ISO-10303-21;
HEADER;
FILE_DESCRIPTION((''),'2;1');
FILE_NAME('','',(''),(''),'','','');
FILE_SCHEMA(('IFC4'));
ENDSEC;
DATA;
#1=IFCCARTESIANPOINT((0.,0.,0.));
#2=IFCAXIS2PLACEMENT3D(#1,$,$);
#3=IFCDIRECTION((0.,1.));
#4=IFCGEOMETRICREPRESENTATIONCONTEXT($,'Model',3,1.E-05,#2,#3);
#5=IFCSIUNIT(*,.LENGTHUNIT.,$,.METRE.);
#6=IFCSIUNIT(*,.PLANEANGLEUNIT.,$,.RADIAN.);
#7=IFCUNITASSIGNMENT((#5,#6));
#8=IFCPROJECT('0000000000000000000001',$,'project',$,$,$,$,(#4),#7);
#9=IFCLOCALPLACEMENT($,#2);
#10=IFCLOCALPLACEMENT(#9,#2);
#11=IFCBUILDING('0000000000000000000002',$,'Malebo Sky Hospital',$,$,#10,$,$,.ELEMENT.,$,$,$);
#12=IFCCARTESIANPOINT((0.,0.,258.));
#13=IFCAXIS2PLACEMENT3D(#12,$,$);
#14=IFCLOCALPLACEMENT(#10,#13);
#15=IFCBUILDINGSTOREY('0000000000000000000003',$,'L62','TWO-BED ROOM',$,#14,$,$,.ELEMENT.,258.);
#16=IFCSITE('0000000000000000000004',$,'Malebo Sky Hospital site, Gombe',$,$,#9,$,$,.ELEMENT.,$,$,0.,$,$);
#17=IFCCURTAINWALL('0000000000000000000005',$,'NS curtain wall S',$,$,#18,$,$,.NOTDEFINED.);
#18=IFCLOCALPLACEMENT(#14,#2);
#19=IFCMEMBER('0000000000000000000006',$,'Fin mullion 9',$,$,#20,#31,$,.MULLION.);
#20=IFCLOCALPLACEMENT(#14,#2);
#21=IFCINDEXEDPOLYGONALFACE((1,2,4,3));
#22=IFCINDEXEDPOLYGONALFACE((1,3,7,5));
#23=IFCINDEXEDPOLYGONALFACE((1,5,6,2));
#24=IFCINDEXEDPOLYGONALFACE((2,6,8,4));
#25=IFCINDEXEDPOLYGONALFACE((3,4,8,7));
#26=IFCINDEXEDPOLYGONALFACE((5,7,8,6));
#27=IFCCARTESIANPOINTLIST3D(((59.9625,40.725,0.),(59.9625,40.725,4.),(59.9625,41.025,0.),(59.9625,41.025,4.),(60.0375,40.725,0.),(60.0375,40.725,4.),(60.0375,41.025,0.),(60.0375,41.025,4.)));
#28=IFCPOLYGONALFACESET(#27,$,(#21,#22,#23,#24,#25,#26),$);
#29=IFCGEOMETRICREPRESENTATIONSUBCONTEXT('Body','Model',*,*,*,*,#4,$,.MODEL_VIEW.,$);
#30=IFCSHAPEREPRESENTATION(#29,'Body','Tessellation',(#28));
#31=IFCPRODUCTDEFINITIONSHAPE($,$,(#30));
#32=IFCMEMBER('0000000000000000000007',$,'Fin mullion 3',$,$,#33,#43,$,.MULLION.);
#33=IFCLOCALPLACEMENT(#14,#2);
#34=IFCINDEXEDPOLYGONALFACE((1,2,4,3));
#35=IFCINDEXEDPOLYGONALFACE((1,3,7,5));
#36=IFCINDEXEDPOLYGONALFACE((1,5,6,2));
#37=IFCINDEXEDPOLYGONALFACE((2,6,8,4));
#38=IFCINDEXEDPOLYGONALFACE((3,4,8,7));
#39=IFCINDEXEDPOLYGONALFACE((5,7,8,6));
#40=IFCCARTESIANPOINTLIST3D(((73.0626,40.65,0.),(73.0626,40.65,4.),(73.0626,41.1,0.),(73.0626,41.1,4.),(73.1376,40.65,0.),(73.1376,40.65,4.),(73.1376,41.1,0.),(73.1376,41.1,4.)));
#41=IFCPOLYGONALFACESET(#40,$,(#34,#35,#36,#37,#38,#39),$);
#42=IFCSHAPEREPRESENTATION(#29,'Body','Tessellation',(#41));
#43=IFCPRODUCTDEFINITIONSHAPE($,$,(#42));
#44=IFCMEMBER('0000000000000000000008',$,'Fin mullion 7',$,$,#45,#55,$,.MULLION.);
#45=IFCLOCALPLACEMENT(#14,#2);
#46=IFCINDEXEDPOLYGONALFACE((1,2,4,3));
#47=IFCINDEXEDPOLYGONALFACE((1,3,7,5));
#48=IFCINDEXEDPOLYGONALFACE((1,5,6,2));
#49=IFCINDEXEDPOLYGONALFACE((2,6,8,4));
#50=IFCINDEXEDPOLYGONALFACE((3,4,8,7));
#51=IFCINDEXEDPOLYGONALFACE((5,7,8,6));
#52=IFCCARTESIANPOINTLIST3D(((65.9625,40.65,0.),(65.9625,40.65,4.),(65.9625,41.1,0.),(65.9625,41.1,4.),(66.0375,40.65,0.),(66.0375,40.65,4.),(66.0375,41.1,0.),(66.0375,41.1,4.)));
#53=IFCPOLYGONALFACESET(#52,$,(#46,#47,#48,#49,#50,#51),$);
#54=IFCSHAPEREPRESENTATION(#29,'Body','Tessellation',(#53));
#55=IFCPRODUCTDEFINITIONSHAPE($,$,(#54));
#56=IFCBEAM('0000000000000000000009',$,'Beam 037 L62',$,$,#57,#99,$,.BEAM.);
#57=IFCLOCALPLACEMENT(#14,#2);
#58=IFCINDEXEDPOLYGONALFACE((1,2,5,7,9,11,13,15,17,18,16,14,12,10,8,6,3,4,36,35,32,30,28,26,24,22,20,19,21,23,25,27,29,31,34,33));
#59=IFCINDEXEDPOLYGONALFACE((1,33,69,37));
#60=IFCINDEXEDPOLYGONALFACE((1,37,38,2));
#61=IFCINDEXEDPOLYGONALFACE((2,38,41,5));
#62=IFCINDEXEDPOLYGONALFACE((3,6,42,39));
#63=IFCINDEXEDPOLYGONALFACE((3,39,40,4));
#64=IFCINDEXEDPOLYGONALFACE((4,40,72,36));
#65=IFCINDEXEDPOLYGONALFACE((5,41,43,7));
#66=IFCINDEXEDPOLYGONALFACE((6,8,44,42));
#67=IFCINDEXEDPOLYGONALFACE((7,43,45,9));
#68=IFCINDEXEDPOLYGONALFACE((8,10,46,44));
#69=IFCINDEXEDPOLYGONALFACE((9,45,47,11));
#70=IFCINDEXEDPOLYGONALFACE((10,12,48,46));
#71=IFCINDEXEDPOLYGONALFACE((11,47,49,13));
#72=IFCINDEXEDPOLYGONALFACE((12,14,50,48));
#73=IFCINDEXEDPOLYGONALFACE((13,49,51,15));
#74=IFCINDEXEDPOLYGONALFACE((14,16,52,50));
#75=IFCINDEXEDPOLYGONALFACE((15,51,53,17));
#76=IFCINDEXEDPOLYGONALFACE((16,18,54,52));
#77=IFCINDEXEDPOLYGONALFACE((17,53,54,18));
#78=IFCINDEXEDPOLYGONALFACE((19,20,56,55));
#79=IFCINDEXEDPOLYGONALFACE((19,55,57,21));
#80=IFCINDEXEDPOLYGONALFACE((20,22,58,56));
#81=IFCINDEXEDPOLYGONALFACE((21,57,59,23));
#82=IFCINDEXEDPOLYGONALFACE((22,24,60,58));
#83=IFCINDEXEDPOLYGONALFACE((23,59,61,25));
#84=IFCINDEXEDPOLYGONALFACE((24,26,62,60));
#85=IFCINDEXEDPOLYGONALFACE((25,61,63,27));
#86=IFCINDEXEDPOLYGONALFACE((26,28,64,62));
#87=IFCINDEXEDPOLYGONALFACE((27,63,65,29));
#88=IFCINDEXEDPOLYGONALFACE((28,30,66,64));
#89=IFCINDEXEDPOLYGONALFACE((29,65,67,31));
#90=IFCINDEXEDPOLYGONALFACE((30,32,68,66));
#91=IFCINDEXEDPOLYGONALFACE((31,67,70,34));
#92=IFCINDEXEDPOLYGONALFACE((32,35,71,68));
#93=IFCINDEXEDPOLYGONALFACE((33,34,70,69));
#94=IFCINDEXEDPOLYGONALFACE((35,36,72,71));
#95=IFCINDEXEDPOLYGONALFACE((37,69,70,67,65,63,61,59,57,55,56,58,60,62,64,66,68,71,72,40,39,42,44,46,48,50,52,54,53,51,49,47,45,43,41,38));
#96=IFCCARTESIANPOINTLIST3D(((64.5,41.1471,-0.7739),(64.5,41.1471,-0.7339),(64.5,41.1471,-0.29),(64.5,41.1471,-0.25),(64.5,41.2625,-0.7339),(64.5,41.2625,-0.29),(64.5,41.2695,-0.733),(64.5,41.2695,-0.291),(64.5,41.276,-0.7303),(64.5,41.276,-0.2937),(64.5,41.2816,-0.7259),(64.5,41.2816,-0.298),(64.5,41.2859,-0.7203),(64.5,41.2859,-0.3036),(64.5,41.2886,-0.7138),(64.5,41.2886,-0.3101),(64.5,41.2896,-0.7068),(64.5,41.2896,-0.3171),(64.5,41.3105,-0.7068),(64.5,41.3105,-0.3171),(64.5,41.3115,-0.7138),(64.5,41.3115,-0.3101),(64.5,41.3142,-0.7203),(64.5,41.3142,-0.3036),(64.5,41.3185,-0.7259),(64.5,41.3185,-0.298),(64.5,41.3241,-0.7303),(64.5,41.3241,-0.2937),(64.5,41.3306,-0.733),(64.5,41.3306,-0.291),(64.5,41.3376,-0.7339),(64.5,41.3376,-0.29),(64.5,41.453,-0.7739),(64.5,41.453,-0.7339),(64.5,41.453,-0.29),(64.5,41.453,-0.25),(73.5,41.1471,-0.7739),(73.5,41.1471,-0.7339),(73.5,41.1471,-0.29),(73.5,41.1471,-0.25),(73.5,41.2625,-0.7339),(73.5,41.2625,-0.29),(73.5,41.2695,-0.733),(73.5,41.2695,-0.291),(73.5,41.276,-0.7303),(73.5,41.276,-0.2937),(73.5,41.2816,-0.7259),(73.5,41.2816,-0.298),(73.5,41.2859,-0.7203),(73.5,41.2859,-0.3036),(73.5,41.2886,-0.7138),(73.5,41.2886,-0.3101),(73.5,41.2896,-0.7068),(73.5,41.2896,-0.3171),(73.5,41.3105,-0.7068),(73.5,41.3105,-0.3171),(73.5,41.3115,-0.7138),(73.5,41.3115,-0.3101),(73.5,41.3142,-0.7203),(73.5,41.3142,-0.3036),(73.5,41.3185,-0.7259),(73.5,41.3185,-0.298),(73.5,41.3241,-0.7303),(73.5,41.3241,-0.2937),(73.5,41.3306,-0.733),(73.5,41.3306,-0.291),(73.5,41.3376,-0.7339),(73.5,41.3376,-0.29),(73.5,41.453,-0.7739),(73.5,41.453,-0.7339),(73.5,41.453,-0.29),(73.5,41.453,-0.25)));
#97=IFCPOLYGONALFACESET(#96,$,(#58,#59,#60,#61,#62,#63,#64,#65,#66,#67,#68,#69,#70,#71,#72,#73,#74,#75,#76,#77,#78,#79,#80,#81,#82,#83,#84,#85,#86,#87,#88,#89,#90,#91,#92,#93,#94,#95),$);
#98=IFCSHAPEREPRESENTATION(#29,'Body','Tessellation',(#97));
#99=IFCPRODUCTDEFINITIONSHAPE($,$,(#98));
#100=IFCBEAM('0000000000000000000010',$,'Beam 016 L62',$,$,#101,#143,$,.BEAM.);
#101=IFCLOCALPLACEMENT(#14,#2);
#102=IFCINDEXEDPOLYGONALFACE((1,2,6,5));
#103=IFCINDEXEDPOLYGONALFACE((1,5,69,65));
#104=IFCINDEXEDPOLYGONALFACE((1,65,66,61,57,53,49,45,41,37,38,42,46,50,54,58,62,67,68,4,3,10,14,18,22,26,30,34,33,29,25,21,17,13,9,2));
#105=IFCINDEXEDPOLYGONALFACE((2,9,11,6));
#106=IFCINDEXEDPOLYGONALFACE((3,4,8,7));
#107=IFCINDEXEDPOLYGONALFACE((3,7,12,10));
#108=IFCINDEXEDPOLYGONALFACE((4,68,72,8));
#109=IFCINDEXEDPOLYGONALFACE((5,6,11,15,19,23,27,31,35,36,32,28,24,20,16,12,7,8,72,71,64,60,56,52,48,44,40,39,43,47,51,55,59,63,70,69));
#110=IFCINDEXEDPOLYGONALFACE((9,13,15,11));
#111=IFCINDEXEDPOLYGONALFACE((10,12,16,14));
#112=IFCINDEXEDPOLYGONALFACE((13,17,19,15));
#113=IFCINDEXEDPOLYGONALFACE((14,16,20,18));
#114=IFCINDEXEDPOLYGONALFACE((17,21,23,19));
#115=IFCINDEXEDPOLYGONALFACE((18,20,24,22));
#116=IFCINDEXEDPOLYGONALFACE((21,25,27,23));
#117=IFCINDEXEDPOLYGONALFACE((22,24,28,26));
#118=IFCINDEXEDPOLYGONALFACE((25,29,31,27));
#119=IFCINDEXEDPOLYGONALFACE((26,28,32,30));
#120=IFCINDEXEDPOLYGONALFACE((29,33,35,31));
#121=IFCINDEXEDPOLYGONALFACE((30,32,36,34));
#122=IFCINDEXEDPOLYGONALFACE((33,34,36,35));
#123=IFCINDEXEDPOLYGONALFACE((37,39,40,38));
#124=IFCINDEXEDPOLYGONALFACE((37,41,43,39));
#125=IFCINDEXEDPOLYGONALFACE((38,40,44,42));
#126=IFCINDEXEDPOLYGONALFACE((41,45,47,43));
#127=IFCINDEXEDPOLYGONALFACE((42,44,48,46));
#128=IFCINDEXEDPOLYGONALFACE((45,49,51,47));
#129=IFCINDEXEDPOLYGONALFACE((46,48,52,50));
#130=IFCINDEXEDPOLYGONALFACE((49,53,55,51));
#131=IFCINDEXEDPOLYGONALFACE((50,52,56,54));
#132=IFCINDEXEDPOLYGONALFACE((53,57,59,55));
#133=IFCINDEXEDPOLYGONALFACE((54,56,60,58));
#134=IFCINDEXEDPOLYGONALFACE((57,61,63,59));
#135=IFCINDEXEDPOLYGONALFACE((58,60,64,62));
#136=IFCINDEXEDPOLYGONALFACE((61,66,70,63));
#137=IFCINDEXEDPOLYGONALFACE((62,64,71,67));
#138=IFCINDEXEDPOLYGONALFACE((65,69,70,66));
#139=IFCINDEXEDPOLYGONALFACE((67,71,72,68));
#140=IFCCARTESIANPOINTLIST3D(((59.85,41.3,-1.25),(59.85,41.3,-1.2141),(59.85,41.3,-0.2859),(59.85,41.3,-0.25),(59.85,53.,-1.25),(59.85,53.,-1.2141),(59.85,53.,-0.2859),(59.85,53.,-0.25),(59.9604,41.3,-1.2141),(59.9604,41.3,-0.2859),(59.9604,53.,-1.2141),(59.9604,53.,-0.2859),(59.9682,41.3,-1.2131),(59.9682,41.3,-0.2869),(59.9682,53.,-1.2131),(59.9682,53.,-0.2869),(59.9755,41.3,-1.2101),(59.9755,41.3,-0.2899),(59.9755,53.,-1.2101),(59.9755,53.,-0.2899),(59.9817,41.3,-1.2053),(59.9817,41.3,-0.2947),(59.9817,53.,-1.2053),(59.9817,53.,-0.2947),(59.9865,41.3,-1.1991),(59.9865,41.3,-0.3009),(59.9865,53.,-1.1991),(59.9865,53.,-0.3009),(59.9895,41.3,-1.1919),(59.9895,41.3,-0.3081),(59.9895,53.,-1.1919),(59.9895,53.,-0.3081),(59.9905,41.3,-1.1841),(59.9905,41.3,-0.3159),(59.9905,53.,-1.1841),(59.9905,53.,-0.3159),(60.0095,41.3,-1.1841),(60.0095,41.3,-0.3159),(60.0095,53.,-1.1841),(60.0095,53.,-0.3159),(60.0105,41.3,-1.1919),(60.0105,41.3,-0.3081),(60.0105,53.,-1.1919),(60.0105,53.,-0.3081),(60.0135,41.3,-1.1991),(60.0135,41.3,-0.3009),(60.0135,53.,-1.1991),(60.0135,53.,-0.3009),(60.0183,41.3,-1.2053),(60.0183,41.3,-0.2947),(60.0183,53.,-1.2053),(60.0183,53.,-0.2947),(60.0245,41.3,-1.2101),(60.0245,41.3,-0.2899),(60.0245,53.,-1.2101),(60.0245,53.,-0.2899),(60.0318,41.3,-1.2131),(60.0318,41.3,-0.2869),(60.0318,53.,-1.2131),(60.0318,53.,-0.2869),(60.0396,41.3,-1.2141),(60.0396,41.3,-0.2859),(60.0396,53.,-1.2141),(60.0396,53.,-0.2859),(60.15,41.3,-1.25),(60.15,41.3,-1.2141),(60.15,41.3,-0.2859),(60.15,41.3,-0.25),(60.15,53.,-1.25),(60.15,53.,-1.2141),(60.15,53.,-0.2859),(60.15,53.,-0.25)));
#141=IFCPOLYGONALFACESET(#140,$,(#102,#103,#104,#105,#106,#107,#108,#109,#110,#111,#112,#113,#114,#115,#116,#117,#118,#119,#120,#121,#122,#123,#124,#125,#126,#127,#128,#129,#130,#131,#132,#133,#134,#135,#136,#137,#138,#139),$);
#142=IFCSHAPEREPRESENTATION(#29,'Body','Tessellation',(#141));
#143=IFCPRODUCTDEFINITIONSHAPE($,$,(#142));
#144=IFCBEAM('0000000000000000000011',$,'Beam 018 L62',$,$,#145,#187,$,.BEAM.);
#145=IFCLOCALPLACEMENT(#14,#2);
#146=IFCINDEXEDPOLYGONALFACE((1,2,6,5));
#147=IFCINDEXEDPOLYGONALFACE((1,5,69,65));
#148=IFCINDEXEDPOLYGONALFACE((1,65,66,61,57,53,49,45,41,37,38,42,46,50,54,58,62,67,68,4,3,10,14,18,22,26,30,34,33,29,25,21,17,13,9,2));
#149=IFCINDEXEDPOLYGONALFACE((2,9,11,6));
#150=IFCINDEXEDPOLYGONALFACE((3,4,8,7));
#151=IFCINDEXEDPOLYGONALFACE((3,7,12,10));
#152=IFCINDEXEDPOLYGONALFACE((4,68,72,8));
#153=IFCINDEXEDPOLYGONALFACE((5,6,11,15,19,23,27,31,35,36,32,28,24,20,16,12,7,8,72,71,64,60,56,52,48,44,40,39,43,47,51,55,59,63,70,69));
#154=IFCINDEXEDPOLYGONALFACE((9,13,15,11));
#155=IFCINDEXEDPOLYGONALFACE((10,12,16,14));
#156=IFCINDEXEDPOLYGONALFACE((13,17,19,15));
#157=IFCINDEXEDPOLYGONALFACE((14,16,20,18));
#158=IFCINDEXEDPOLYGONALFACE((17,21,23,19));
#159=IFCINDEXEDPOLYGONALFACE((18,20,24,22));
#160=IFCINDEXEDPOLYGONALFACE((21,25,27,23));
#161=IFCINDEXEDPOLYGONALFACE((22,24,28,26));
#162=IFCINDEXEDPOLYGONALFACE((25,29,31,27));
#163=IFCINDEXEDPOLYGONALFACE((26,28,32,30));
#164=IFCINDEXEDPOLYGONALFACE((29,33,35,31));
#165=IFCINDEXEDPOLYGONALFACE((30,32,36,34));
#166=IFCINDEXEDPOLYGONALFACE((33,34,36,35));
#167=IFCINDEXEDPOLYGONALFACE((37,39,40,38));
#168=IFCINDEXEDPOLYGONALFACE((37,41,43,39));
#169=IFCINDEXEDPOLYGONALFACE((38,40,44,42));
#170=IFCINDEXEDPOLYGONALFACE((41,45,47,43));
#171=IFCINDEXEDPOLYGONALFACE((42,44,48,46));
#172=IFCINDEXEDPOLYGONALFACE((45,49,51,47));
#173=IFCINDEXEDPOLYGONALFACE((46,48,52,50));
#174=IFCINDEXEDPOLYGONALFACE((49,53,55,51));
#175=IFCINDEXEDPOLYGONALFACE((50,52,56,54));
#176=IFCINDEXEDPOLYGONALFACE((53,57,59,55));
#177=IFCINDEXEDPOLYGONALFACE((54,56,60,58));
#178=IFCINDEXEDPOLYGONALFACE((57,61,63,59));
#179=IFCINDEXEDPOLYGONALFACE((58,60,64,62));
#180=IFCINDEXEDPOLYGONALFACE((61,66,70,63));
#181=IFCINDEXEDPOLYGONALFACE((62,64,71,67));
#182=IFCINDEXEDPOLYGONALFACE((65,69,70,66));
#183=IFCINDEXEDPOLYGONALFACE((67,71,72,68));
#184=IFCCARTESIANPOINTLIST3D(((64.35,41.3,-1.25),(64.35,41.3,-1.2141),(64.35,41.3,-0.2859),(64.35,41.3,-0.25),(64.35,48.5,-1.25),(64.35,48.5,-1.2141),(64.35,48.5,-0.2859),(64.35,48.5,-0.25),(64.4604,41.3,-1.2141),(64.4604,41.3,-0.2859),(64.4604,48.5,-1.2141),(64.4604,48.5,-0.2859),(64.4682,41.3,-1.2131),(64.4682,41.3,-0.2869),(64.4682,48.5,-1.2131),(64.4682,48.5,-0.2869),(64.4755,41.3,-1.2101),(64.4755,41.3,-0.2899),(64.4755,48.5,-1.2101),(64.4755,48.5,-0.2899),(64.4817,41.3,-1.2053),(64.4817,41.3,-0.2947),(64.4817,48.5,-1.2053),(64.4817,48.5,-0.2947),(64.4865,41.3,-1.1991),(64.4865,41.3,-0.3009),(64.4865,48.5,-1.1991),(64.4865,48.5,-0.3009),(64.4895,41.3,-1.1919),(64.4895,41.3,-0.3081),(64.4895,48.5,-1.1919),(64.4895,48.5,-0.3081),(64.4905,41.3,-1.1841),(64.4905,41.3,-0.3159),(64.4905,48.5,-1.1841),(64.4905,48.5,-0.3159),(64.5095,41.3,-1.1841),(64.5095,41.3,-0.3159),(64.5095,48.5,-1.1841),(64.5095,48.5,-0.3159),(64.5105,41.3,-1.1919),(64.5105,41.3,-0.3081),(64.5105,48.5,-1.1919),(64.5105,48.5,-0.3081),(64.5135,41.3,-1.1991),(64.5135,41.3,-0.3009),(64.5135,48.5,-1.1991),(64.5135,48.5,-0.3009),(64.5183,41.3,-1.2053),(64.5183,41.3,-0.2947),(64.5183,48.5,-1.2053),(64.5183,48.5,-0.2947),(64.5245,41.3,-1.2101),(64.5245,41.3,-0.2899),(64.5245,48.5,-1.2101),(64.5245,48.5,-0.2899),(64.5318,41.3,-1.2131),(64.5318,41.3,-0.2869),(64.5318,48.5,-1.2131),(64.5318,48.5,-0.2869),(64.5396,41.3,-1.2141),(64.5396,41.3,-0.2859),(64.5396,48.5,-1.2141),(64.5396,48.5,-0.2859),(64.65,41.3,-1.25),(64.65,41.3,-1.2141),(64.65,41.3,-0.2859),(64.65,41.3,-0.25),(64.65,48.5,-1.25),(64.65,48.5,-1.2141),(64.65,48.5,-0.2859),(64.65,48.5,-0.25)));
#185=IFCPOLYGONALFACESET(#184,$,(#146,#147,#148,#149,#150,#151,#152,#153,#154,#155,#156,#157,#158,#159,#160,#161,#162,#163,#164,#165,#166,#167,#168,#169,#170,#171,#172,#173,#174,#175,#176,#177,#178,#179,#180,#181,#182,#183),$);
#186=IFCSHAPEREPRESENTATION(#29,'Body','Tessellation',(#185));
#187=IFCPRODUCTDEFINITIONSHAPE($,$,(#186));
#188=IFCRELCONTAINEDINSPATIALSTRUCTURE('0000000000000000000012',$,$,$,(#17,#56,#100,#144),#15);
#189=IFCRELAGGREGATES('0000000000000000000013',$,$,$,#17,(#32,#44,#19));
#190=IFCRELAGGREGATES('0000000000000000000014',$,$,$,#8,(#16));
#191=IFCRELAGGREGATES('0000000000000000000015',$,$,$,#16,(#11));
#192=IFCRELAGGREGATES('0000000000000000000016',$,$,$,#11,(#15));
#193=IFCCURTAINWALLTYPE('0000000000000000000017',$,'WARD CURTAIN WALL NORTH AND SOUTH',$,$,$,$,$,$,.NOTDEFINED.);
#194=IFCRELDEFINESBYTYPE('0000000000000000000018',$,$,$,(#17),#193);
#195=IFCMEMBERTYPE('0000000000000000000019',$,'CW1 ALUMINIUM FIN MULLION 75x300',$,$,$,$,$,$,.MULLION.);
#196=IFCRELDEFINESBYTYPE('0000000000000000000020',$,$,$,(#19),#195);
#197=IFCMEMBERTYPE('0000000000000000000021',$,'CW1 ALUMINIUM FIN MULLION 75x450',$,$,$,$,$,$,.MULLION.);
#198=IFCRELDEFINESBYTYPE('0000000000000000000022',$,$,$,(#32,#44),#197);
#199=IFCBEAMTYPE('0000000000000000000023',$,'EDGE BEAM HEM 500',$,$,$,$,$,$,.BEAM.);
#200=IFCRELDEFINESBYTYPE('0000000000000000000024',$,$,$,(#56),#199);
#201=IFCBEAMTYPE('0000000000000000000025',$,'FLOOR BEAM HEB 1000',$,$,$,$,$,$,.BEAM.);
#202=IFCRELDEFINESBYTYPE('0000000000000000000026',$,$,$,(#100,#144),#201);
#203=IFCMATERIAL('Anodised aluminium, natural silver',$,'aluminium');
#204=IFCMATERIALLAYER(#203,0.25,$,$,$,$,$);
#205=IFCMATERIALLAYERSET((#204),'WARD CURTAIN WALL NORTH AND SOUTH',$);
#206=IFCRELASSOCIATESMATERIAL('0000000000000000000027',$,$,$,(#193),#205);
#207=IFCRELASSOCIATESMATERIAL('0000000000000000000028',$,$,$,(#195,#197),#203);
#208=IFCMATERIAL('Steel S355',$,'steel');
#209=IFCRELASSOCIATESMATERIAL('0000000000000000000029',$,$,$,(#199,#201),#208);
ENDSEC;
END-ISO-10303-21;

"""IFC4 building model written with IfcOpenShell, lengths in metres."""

from ifc_helpers import new_model, si_unit, direction, frame, origin, origin_2d, place, context, subcontext, project, spatial, rectangle, i_section, extrude, material, layer, layer_set, material_profile, profile_set, type_object, element, aggregate, save


model = new_model("IFC4")

# Units and contexts
model_context = context("Model", 3, precision=1e-05, world=origin(), true_north=direction((0.0, 1.0)))
body_context = subcontext(model_context, "Body", "Model", "MODEL_VIEW")
ifc_project = project(units=[si_unit("LENGTHUNIT", "METRE"), si_unit("PLANEANGLEUNIT", "RADIAN")], contexts=[model_context])

# Site, building, storey
site_placement = place(None, origin())
site = spatial("IfcSite", under=ifc_project, at=site_placement, Name="Malebo Sky Hospital site, Gombe", CompositionType="ELEMENT", RefElevation=0.0)
building_placement = place(site_placement, origin())
building = spatial("IfcBuilding", under=site, at=building_placement, Name="Malebo Sky Hospital", CompositionType="ELEMENT")
storey_placement = place(building_placement, frame((0.0, 0.0, 258.0)))
storey = spatial("IfcBuildingStorey", under=building, at=storey_placement, Name="L62", Description="TWO-BED ROOM", CompositionType="ELEMENT", Elevation=258.0)

# Curtain wall
ifc_material_1 = material(Name="Anodised aluminium, natural silver", Category="aluminium")
ifc_layer_1 = layer(ifc_material_1, 0.25)
ifc_layer_set_1 = layer_set([ifc_layer_1], Name="WARD CURTAIN WALL NORTH AND SOUTH")
curtain_wall_type = type_object("IfcCurtainWallType", Name="WARD CURTAIN WALL NORTH AND SOUTH", PredefinedType="NOTDEFINED", material=ifc_layer_set_1)
curtain_wall_placement = place(storey_placement, origin())
curtain_wall = element("IfcCurtainWall", 1, at=curtain_wall_placement, inside=storey, type_object=curtain_wall_type, Name="NS curtain wall S", PredefinedType="NOTDEFINED")

# Members
ifc_material_2 = material(Name="Steel S355", Category="steel")
ifc_material_profile_1 = material_profile(ifc_material_1, rectangle(XDim=0.075, YDim=0.3, at=origin_2d()), Name="CW1 ALUMINIUM FIN MULLION 75x300")
ifc_profile_set_1 = profile_set([ifc_material_profile_1], Name="Anodised aluminium, natural silver")
member_type_1 = type_object("IfcMemberType", Name="CW1 ALUMINIUM FIN MULLION 75x300", PredefinedType="MULLION", material=ifc_profile_set_1)
member_1_placement = place(storey_placement, frame((60.0, 40.875, 0.0), z_axis=(0.0, 0.0, 1.0), x_axis=(-1.0, 0.0, 0.0)))
member_1 = element("IfcMember", 2, at=member_1_placement, type_object=member_type_1, Name="Fin mullion 9", PredefinedType="MULLION", context=body_context, shape_type="SweptSolid", body=[
    extrude(rectangle(XDim=0.075, YDim=0.3, at=origin_2d()), origin(), (0.0, 0.0, 1.0), 4.0),
])
ifc_material_profile_2 = material_profile(ifc_material_1, rectangle(XDim=0.075, YDim=0.45, at=origin_2d()), Name="CW1 ALUMINIUM FIN MULLION 75x450")
ifc_profile_set_2 = profile_set([ifc_material_profile_2], Name="Anodised aluminium, natural silver")
member_type_2 = type_object("IfcMemberType", Name="CW1 ALUMINIUM FIN MULLION 75x450", PredefinedType="MULLION", material=ifc_profile_set_2)
member_2_placement = place(storey_placement, frame((73.1001, 40.875, 0.0), z_axis=(0.0, 0.0, 1.0), x_axis=(-1.0, 0.0, 0.0)))
member_2 = element("IfcMember", 3, at=member_2_placement, type_object=member_type_2, Name="Fin mullion 3", PredefinedType="MULLION", context=body_context, shape_type="SweptSolid", body=[
    extrude(rectangle(XDim=0.075, YDim=0.45, at=origin_2d()), origin(), (0.0, 0.0, 1.0), 4.0),
])
member_3_placement = place(storey_placement, frame((66.0, 40.875, 0.0), z_axis=(0.0, 0.0, 1.0), x_axis=(-1.0, 0.0, 0.0)))
member_3 = element("IfcMember", 4, at=member_3_placement, type_object=member_type_2, Name="Fin mullion 7", PredefinedType="MULLION", context=body_context, shape_type="SweptSolid", body=[
    extrude(rectangle(XDim=0.075, YDim=0.45, at=origin_2d()), origin(), (0.0, 0.0, 1.0), 4.0),
])

# Beams
ifc_material_profile_3 = material_profile(ifc_material_2, i_section(OverallWidth=0.3059, OverallDepth=0.5239, WebThickness=0.021, FlangeThickness=0.04, FilletRadius=0.0271, at=origin_2d()), Name="HEM 500")
ifc_profile_set_3 = profile_set([ifc_material_profile_3], Name="Steel S355")
beam_type_1 = type_object("IfcBeamType", Name="EDGE BEAM HEM 500", PredefinedType="BEAM", material=ifc_profile_set_3)
beam_1_placement = place(storey_placement, frame((64.5, 41.3, -0.512), z_axis=(1.0, 0.0, 0.0), x_axis=(0.0, 1.0, 0.0)))
element("IfcBeam", 5, at=beam_1_placement, inside=storey, type_object=beam_type_1, Name="Beam 037 L62", PredefinedType="BEAM", context=body_context, shape_type="SweptSolid", body=[
    extrude(i_section(OverallWidth=0.3059, OverallDepth=0.5239, WebThickness=0.021, FlangeThickness=0.04, FilletRadius=0.0271, at=origin_2d()), origin(), (0.0, 0.0, 1.0), 9.0),
])
ifc_material_profile_4 = material_profile(ifc_material_2, i_section(OverallWidth=0.3, OverallDepth=1.0, WebThickness=0.019, FlangeThickness=0.0359, FilletRadius=0.03, at=origin_2d()), Name="HEB 1000")
ifc_profile_set_4 = profile_set([ifc_material_profile_4], Name="Steel S355")
beam_type_2 = type_object("IfcBeamType", Name="FLOOR BEAM HEB 1000", PredefinedType="BEAM", material=ifc_profile_set_4)
beam_2_placement = place(storey_placement, frame((60.0, 41.3, -0.75), z_axis=(0.0, 1.0, 0.0), x_axis=(-1.0, 0.0, 0.0)))
element("IfcBeam", 6, at=beam_2_placement, inside=storey, type_object=beam_type_2, Name="Beam 016 L62", PredefinedType="BEAM", context=body_context, shape_type="SweptSolid", body=[
    extrude(i_section(OverallWidth=0.3, OverallDepth=1.0, WebThickness=0.019, FlangeThickness=0.0359, FilletRadius=0.03, at=origin_2d()), origin(), (0.0, 0.0, 1.0), 11.7),
])
beam_3_placement = place(storey_placement, frame((64.5, 41.3, -0.75), z_axis=(0.0, 1.0, 0.0), x_axis=(-1.0, 0.0, 0.0)))
element("IfcBeam", 7, at=beam_3_placement, inside=storey, type_object=beam_type_2, Name="Beam 018 L62", PredefinedType="BEAM", context=body_context, shape_type="SweptSolid", body=[
    extrude(i_section(OverallWidth=0.3, OverallDepth=1.0, WebThickness=0.019, FlangeThickness=0.0359, FilletRadius=0.03, at=origin_2d()), origin(), (0.0, 0.0, 1.0), 7.2),
])

aggregate(curtain_wall, [member_2, member_3, member_1])

save(model, "model.ifc")
